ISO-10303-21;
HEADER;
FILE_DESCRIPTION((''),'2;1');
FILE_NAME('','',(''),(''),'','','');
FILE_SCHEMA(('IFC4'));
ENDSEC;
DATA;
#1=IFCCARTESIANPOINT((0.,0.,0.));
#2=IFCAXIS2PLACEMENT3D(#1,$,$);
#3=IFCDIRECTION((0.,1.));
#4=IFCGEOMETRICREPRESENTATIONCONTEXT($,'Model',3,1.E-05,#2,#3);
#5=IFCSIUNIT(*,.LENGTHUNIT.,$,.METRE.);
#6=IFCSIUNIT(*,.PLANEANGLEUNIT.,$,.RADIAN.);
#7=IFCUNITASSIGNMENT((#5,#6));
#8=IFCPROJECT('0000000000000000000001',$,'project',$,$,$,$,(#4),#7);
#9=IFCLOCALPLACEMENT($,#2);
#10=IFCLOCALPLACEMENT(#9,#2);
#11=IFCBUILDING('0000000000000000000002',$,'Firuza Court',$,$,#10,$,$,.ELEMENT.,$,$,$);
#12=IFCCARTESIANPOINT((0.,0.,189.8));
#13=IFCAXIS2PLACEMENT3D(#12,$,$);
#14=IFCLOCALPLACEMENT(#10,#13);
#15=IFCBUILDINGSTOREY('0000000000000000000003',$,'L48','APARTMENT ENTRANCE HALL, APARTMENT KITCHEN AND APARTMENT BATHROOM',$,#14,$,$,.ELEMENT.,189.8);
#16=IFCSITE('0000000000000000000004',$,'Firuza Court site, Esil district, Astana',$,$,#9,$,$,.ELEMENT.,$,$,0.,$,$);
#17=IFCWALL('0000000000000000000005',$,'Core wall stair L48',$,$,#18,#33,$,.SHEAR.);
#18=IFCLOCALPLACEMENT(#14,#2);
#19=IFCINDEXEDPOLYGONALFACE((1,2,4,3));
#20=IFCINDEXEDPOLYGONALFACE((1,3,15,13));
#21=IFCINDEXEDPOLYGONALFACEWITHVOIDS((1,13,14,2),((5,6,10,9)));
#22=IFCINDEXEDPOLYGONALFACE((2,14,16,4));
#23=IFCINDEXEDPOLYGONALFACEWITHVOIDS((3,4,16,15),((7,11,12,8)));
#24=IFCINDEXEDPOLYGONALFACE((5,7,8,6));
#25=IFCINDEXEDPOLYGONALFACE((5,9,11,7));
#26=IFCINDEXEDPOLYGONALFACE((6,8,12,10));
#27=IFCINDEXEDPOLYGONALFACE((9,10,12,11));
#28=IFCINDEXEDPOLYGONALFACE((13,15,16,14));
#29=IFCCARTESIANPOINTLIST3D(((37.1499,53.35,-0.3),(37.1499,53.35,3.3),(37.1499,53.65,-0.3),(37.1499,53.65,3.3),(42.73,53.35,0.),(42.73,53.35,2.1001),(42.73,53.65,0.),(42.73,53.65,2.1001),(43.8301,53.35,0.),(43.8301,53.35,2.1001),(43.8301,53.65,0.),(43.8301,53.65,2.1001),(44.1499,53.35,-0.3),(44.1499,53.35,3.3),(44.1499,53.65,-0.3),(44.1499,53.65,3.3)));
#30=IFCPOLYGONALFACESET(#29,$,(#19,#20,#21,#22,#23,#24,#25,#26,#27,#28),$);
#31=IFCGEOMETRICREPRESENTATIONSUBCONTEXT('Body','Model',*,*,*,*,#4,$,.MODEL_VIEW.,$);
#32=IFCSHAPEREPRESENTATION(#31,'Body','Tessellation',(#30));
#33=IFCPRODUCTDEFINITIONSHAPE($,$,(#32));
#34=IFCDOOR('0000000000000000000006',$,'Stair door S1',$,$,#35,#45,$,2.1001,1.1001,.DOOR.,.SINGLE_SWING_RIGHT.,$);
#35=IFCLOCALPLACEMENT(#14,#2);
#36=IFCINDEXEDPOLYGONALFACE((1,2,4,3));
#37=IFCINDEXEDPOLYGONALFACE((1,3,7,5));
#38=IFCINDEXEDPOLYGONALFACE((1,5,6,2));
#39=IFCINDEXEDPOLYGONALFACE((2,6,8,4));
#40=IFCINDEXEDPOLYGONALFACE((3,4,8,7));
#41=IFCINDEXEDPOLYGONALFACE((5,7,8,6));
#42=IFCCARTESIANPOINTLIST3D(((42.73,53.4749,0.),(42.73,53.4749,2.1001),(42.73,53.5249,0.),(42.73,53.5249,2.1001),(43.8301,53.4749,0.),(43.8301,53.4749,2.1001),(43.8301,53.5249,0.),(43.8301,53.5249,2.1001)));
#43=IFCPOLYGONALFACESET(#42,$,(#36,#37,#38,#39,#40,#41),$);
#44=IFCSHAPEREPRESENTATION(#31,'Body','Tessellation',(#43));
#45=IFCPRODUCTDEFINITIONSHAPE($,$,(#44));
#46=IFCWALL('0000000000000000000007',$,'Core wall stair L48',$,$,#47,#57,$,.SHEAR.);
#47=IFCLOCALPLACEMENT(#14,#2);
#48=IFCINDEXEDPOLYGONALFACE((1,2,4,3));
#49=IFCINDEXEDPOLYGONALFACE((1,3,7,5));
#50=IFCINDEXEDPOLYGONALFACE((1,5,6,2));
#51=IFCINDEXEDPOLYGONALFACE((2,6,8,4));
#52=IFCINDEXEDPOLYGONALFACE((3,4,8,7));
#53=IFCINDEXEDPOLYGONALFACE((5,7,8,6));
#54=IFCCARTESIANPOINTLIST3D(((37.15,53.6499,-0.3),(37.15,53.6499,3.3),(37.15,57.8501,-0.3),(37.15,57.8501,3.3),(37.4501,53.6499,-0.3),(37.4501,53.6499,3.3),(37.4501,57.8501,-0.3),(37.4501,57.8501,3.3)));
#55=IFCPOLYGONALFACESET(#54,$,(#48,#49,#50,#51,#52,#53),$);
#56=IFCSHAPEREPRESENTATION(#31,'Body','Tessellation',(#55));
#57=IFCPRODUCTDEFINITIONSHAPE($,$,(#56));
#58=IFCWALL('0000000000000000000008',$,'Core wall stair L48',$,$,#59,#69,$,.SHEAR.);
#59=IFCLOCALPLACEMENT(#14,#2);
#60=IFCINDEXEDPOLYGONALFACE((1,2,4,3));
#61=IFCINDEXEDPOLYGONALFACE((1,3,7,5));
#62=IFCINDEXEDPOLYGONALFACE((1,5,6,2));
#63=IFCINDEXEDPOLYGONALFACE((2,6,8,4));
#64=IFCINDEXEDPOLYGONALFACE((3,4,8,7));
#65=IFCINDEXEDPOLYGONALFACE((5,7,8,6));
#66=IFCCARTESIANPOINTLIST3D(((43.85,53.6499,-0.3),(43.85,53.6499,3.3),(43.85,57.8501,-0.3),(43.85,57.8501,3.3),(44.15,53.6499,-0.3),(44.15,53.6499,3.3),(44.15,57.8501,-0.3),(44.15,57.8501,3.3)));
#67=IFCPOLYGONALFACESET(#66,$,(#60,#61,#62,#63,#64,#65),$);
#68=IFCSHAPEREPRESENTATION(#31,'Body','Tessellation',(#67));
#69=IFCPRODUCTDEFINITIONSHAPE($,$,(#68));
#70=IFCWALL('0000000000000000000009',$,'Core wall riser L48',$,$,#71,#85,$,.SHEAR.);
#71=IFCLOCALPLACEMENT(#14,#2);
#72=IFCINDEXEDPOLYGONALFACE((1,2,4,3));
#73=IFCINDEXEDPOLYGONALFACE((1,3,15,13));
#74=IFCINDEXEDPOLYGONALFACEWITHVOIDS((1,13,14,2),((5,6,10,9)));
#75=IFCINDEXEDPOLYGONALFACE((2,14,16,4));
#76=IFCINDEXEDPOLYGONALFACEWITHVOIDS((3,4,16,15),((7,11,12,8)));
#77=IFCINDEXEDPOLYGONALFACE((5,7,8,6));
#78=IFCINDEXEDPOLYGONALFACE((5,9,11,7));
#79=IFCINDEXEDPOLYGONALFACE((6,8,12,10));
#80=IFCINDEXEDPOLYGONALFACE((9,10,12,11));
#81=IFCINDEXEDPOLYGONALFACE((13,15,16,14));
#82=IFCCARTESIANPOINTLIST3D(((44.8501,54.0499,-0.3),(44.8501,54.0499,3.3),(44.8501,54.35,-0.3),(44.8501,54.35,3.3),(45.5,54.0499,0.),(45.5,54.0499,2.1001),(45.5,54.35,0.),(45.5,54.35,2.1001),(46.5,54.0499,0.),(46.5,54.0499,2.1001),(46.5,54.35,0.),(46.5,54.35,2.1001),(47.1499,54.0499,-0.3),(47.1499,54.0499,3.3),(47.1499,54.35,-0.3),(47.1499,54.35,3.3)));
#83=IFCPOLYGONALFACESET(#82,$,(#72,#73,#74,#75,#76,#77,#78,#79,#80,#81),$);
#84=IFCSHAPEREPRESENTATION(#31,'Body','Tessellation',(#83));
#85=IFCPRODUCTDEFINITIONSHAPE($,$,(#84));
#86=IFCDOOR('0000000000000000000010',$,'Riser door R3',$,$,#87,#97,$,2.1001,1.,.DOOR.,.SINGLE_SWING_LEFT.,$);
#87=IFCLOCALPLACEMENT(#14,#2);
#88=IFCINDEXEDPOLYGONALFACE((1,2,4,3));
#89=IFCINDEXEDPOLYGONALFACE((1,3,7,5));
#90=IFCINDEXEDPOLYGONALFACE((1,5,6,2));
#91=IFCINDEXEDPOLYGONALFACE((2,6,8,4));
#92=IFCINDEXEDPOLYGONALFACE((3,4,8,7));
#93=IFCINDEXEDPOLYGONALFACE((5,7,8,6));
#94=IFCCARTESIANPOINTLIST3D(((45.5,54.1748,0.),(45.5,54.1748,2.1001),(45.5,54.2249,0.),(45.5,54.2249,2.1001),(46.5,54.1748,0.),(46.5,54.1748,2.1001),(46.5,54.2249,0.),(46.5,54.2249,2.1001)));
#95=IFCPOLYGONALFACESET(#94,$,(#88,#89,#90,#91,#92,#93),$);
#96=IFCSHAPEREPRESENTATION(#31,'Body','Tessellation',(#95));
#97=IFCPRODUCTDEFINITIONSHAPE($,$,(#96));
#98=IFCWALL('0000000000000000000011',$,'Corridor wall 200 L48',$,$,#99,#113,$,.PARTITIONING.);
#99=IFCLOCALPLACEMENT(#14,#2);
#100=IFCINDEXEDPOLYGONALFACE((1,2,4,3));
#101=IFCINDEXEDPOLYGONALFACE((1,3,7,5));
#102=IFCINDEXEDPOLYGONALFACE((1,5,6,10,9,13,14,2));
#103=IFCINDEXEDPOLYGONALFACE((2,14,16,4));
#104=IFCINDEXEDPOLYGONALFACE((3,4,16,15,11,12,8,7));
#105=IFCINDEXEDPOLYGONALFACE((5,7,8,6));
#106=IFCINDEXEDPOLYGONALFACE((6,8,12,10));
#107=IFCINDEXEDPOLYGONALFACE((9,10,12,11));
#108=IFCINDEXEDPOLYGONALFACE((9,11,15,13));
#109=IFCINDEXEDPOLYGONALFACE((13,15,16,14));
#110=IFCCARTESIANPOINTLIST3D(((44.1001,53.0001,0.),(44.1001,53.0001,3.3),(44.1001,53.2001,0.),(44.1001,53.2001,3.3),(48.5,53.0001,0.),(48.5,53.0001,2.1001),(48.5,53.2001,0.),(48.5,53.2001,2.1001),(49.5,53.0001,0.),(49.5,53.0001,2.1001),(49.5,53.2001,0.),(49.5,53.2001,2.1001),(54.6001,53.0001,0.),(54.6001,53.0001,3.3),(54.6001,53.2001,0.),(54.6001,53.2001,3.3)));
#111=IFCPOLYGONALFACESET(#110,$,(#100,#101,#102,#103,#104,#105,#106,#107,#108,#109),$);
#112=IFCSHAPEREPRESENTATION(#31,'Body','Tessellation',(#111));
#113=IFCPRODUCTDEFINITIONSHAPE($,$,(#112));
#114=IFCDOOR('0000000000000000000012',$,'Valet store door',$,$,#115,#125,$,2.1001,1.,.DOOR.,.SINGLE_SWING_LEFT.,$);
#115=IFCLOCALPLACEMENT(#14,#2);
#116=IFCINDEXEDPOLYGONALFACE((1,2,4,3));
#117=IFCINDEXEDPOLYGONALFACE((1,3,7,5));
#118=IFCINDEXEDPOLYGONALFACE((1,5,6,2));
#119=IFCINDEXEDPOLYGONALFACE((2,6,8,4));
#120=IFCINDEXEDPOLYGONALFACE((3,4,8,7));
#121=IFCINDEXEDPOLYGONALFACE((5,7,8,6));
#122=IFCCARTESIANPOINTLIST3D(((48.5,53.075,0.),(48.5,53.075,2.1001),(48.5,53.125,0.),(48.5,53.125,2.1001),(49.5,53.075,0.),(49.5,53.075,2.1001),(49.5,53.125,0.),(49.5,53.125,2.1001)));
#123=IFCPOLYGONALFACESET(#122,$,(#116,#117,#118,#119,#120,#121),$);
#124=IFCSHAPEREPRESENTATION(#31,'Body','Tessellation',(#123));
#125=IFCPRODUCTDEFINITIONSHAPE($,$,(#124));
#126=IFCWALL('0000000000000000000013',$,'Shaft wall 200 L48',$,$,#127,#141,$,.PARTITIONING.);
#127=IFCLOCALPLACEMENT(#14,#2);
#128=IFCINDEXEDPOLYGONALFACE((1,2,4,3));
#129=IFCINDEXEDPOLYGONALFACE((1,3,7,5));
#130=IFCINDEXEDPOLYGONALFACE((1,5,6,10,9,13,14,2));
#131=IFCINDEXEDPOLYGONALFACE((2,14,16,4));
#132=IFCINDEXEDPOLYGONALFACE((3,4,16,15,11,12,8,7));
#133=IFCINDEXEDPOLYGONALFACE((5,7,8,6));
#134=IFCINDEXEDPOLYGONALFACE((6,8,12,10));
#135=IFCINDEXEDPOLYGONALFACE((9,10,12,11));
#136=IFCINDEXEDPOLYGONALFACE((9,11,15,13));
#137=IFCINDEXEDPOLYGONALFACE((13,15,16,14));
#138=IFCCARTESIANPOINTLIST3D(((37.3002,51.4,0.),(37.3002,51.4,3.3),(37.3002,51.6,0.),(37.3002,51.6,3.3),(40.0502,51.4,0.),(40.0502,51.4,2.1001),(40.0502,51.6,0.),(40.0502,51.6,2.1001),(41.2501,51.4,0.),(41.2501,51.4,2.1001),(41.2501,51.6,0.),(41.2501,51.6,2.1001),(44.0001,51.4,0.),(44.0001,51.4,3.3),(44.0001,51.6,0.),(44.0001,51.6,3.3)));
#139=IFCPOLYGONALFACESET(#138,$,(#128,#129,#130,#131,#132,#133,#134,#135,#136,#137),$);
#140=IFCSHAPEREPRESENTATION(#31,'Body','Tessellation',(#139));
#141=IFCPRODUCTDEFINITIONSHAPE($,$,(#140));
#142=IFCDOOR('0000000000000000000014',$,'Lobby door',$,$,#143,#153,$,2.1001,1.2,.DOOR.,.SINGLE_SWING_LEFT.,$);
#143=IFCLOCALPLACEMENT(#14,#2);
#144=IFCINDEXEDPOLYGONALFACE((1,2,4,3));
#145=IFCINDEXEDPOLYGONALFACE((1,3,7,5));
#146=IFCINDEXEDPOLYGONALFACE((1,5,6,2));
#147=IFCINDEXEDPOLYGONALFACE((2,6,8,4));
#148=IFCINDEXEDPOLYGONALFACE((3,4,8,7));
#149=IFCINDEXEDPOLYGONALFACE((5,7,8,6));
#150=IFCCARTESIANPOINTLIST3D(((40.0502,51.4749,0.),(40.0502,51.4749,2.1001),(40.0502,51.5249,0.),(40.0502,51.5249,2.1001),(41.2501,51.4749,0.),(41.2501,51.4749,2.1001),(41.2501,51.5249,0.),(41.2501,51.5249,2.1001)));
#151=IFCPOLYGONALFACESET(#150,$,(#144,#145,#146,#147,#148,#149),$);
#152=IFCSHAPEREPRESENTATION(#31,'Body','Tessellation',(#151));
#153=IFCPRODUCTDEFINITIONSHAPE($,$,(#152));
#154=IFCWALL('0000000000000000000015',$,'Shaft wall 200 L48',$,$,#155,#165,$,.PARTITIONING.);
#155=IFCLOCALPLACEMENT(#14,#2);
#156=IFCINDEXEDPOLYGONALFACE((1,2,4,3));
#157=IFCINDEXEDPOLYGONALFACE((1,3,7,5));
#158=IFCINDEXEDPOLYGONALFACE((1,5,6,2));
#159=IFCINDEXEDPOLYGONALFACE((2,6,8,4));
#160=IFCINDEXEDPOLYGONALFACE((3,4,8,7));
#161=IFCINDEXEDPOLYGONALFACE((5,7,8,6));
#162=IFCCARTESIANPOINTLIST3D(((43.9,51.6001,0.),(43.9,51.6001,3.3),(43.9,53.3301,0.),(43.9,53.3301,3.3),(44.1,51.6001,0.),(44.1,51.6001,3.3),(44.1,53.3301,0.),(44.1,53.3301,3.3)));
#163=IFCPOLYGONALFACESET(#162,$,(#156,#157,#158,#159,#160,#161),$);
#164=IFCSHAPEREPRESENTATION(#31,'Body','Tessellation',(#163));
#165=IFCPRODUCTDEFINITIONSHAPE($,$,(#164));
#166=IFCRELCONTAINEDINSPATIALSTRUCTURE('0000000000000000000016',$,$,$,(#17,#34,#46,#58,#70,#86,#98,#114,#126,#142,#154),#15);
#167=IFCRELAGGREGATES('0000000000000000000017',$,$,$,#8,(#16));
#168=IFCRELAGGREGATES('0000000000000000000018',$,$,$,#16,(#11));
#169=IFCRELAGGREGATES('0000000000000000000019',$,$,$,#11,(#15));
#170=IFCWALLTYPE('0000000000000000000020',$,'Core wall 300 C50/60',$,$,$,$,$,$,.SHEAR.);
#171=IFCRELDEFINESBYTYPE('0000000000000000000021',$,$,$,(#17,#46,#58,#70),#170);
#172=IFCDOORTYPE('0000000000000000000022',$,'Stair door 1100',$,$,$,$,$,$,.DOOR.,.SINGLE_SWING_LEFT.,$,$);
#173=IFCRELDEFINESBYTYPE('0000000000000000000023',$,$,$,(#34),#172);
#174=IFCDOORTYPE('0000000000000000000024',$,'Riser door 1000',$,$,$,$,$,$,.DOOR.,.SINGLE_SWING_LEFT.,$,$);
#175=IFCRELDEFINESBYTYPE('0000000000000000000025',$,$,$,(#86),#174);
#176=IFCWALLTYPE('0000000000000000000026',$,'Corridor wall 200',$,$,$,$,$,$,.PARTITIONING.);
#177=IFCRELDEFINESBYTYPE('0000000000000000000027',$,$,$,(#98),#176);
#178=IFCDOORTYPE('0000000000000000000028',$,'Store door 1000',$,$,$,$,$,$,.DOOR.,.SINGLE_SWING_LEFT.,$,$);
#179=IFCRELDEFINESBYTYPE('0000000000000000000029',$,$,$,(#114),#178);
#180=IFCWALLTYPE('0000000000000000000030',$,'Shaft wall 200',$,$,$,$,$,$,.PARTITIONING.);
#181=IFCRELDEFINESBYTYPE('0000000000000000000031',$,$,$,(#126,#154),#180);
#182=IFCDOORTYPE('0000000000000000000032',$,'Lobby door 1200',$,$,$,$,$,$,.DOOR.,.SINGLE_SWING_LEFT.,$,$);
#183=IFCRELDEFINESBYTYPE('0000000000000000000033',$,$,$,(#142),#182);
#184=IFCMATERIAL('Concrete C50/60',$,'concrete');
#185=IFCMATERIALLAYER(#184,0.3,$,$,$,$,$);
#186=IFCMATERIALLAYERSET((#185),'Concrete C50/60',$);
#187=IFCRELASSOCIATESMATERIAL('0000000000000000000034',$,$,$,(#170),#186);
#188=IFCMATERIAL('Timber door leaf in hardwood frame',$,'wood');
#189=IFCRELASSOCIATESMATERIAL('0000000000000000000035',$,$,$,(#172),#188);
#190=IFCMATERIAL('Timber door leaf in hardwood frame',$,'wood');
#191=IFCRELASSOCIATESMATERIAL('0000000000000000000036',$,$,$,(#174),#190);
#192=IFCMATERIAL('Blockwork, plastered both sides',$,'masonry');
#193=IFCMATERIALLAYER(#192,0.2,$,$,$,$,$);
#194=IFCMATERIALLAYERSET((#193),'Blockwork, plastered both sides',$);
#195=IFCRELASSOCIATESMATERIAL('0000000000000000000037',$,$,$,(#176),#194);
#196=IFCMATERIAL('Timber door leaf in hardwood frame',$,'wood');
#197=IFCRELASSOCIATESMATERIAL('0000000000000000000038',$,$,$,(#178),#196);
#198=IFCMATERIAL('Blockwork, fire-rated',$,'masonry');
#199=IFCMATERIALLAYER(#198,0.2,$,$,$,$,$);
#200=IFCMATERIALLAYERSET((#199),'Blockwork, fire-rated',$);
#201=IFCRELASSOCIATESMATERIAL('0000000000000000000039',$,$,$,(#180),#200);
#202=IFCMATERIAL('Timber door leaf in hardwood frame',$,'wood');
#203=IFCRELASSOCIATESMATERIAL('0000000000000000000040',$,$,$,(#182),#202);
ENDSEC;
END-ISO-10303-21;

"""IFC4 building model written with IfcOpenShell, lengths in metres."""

from ifc_helpers import new_model, si_unit, direction, frame, frame_2d, origin, place, context, subcontext, project, spatial, rectangle, extrude, material, layer, layer_set, type_object, element, fill, save


model = new_model("IFC4")

# Units and contexts
model_context = context("Model", 3, precision=1e-05, world=origin(), true_north=direction((0.0, 1.0)))
body_context = subcontext(model_context, "Body", "Model", "MODEL_VIEW")
ifc_project = project(units=[si_unit("LENGTHUNIT", "METRE"), si_unit("PLANEANGLEUNIT", "RADIAN")], contexts=[model_context])

# Site, building, storey
site_placement = place(None, origin())
site = spatial("IfcSite", under=ifc_project, at=site_placement, Name="Firuza Court site, Esil district, Astana", CompositionType="ELEMENT", RefElevation=0.0)
building_placement = place(site_placement, origin())
building = spatial("IfcBuilding", under=site, at=building_placement, Name="Firuza Court", CompositionType="ELEMENT")
storey_placement = place(building_placement, frame((0.0, 0.0, 189.8)))
storey = spatial("IfcBuildingStorey", under=building, at=storey_placement, Name="L48", Description="APARTMENT ENTRANCE HALL, APARTMENT KITCHEN AND APARTMENT BATHROOM", CompositionType="ELEMENT", Elevation=189.8)

# Wall, opening, door
ifc_material_1 = material(Name="Concrete C50/60", Category="concrete")
ifc_layer_1 = layer(ifc_material_1, 0.3)
ifc_layer_set_1 = layer_set([ifc_layer_1], Name="Concrete C50/60")
wall_type_1 = type_object("IfcWallType", Name="Core wall 300 C50/60", PredefinedType="SHEAR", material=ifc_layer_set_1)
wall_1_placement = place(storey_placement, frame((37.1499, 53.5, -0.3), z_axis=(0.0, 0.0, 1.0), x_axis=(1.0, 0.0, 0.0)))
wall_1 = element("IfcWall", 1, at=wall_1_placement, inside=storey, type_object=wall_type_1, Name="Core wall stair L48", PredefinedType="SHEAR", context=body_context, shape_type="SweptSolid", body=[
    extrude(rectangle(XDim=7.0, YDim=0.3, at=frame_2d((3.5, 0.0))), origin(), (0.0, 0.0, 1.0), 3.6001),
])
opening_1_placement = place(wall_1_placement, frame((5.5801, 0.0, 0.3)))
opening_1 = element("IfcOpeningElement", 2, at=opening_1_placement, cuts=wall_1, PredefinedType="OPENING", context=body_context, shape_type="SweptSolid", body=[
    extrude(rectangle(XDim=1.1001, YDim=2.1001, at=frame_2d((0.55, 1.05))), frame((0.0, 0.1621, 0.0), z_axis=(0.0, -1.0, 0.0), x_axis=(1.0, 0.0, 0.0)), (0.0, 0.0, 1.0), 0.324),
])
ifc_material_2 = material(Name="Timber door leaf in hardwood frame", Category="wood")
door_type_1 = type_object("IfcDoorType", Name="Stair door 1100", OperationType="SINGLE_SWING_LEFT", PredefinedType="DOOR", material=ifc_material_2)
door_1_placement = place(opening_1_placement, origin())
door_1 = element("IfcDoor", 3, at=door_1_placement, inside=storey, type_object=door_type_1, Name="Stair door S1", OperationType="SINGLE_SWING_RIGHT", OverallHeight=2.1001, OverallWidth=1.1001, PredefinedType="DOOR", context=body_context, shape_type="SweptSolid", body=[
    extrude(rectangle(XDim=1.1001, YDim=2.1001, at=frame_2d((0.55, 1.05))), frame((0.0, 0.0249, 0.0), z_axis=(0.0, -1.0, 0.0), x_axis=(1.0, 0.0, 0.0)), (0.0, 0.0, 1.0), 0.05),
])
fill(opening_1, door_1)

# Walls
for number, where, z_axis, x_axis, name in (
    (4, (37.3, 53.6499, -0.3), (0.0, 0.0, 1.0), (0.0, 1.0, 0.0), "Core wall stair L48"),
    (5, (44.0, 53.6499, -0.3), (0.0, 0.0, 1.0), (0.0, 1.0, 0.0), "Core wall stair L48"),
):
    element("IfcWall", number, at=place(storey_placement, frame(where, z_axis=z_axis, x_axis=x_axis)), inside=storey, type_object=wall_type_1, Name=name, PredefinedType="SHEAR", context=body_context, shape_type="SweptSolid", body=[
        extrude(rectangle(XDim=4.2002, YDim=0.3, at=frame_2d((2.1001, 0.0))), origin(), (0.0, 0.0, 1.0), 3.6001),
    ])

# Walls, openings, doors
wall_2_placement = place(storey_placement, frame((44.8501, 54.2, -0.3), z_axis=(0.0, 0.0, 1.0), x_axis=(1.0, 0.0, 0.0)))
wall_2 = element("IfcWall", 6, at=wall_2_placement, inside=storey, type_object=wall_type_1, Name="Core wall riser L48", PredefinedType="SHEAR", context=body_context, shape_type="SweptSolid", body=[
    extrude(rectangle(XDim=2.2998, YDim=0.3, at=frame_2d((1.1499, 0.0))), origin(), (0.0, 0.0, 1.0), 3.6001),
])
opening_2_placement = place(wall_2_placement, frame((0.6499, 0.0, 0.3)))
opening_2 = element("IfcOpeningElement", 7, at=opening_2_placement, cuts=wall_2, PredefinedType="OPENING", context=body_context, shape_type="SweptSolid", body=[
    extrude(rectangle(XDim=1.0, YDim=2.1001, at=frame_2d((0.5, 1.05))), frame((0.0, 0.1621, 0.0), z_axis=(0.0, -1.0, 0.0), x_axis=(1.0, 0.0, 0.0)), (0.0, 0.0, 1.0), 0.324),
])
ifc_material_3 = material(Name="Timber door leaf in hardwood frame", Category="wood")
door_type_2 = type_object("IfcDoorType", Name="Riser door 1000", OperationType="SINGLE_SWING_LEFT", PredefinedType="DOOR", material=ifc_material_3)
door_2_placement = place(opening_2_placement, origin())
door_2 = element("IfcDoor", 8, at=door_2_placement, inside=storey, type_object=door_type_2, Name="Riser door R3", OperationType="SINGLE_SWING_LEFT", OverallHeight=2.1001, OverallWidth=1.0, PredefinedType="DOOR", context=body_context, shape_type="SweptSolid", body=[
    extrude(rectangle(XDim=1.0, YDim=2.1001, at=frame_2d((0.5, 1.05))), frame((0.0, 0.0249, 0.0), z_axis=(0.0, -1.0, 0.0), x_axis=(1.0, 0.0, 0.0)), (0.0, 0.0, 1.0), 0.05),
])
fill(opening_2, door_2)
ifc_material_4 = material(Name="Blockwork, plastered both sides", Category="masonry")
ifc_layer_2 = layer(ifc_material_4, 0.2)
ifc_layer_set_2 = layer_set([ifc_layer_2], Name="Blockwork, plastered both sides")
wall_type_2 = type_object("IfcWallType", Name="Corridor wall 200", PredefinedType="PARTITIONING", material=ifc_layer_set_2)
wall_3_placement = place(storey_placement, frame((44.1001, 53.1001, 0.0), z_axis=(0.0, 0.0, 1.0), x_axis=(1.0, 0.0, 0.0)))
wall_3 = element("IfcWall", 9, at=wall_3_placement, inside=storey, type_object=wall_type_2, Name="Corridor wall 200 L48", PredefinedType="PARTITIONING", context=body_context, shape_type="SweptSolid", body=[
    extrude(rectangle(XDim=10.5, YDim=0.2, at=frame_2d((5.25, 0.0))), origin(), (0.0, 0.0, 1.0), 3.3),
])
opening_3_placement = place(wall_3_placement, frame((4.3999, 0.0, 0.0)))
opening_3 = element("IfcOpeningElement", 10, at=opening_3_placement, cuts=wall_3, PredefinedType="OPENING", context=body_context, shape_type="SweptSolid", body=[
    extrude(rectangle(XDim=1.0, YDim=2.1001, at=frame_2d((0.5, 1.05))), frame((0.0, 0.1118, 0.0), z_axis=(0.0, -1.0, 0.0), x_axis=(1.0, 0.0, 0.0)), (0.0, 0.0, 1.0), 0.2239),
])
ifc_material_5 = material(Name="Timber door leaf in hardwood frame", Category="wood")
door_type_3 = type_object("IfcDoorType", Name="Store door 1000", OperationType="SINGLE_SWING_LEFT", PredefinedType="DOOR", material=ifc_material_5)
door_3_placement = place(opening_3_placement, origin())
door_3 = element("IfcDoor", 11, at=door_3_placement, inside=storey, type_object=door_type_3, Name="Valet store door", OperationType="SINGLE_SWING_LEFT", OverallHeight=2.1001, OverallWidth=1.0, PredefinedType="DOOR", context=body_context, shape_type="SweptSolid", body=[
    extrude(rectangle(XDim=1.0, YDim=2.1001, at=frame_2d((0.5, 1.05))), frame((0.0, 0.0249, 0.0), z_axis=(0.0, -1.0, 0.0), x_axis=(1.0, 0.0, 0.0)), (0.0, 0.0, 1.0), 0.05),
])
fill(opening_3, door_3)
ifc_material_6 = material(Name="Blockwork, fire-rated", Category="masonry")
ifc_layer_3 = layer(ifc_material_6, 0.2)
ifc_layer_set_3 = layer_set([ifc_layer_3], Name="Blockwork, fire-rated")
wall_type_3 = type_object("IfcWallType", Name="Shaft wall 200", PredefinedType="PARTITIONING", material=ifc_layer_set_3)
wall_4_placement = place(storey_placement, frame((37.3, 51.5, 0.0), z_axis=(0.0, 0.0, 1.0), x_axis=(1.0, 0.0, 0.0)))
wall_4 = element("IfcWall", 12, at=wall_4_placement, inside=storey, type_object=wall_type_3, Name="Shaft wall 200 L48", PredefinedType="PARTITIONING", context=body_context, shape_type="SweptSolid", body=[
    extrude(rectangle(XDim=6.7, YDim=0.2, at=frame_2d((3.3501, 0.0))), origin(), (0.0, 0.0, 1.0), 3.3),
])
opening_4_placement = place(wall_4_placement, frame((2.75, 0.0, 0.0)))
opening_4 = element("IfcOpeningElement", 13, at=opening_4_placement, cuts=wall_4, PredefinedType="OPENING", context=body_context, shape_type="SweptSolid", body=[
    extrude(rectangle(XDim=1.2, YDim=2.1001, at=frame_2d((0.6001, 1.05))), frame((0.0, 0.1118, 0.0), z_axis=(0.0, -1.0, 0.0), x_axis=(1.0, 0.0, 0.0)), (0.0, 0.0, 1.0), 0.2239),
])
ifc_material_7 = material(Name="Timber door leaf in hardwood frame", Category="wood")
door_type_4 = type_object("IfcDoorType", Name="Lobby door 1200", OperationType="SINGLE_SWING_LEFT", PredefinedType="DOOR", material=ifc_material_7)
door_4_placement = place(opening_4_placement, origin())
door_4 = element("IfcDoor", 14, at=door_4_placement, inside=storey, type_object=door_type_4, Name="Lobby door", OperationType="SINGLE_SWING_LEFT", OverallHeight=2.1001, OverallWidth=1.2, PredefinedType="DOOR", context=body_context, shape_type="SweptSolid", body=[
    extrude(rectangle(XDim=1.2, YDim=2.1001, at=frame_2d((0.6001, 1.05))), frame((0.0, 0.0249, 0.0), z_axis=(0.0, -1.0, 0.0), x_axis=(1.0, 0.0, 0.0)), (0.0, 0.0, 1.0), 0.05),
])
fill(opening_4, door_4)

# Wall
for number, where, z_axis, x_axis, name in (
    (15, (44.0, 51.6001, 0.0), (0.0, 0.0, 1.0), (0.0, 1.0, 0.0), "Shaft wall 200 L48"),
):
    element("IfcWall", number, at=place(storey_placement, frame(where, z_axis=z_axis, x_axis=x_axis)), inside=storey, type_object=wall_type_3, Name=name, PredefinedType="PARTITIONING", context=body_context, shape_type="SweptSolid", body=[
        extrude(rectangle(XDim=1.73, YDim=0.2, at=frame_2d((0.865, 0.0))), origin(), (0.0, 0.0, 1.0), 3.3),
    ])

save(model, "model.ifc")
